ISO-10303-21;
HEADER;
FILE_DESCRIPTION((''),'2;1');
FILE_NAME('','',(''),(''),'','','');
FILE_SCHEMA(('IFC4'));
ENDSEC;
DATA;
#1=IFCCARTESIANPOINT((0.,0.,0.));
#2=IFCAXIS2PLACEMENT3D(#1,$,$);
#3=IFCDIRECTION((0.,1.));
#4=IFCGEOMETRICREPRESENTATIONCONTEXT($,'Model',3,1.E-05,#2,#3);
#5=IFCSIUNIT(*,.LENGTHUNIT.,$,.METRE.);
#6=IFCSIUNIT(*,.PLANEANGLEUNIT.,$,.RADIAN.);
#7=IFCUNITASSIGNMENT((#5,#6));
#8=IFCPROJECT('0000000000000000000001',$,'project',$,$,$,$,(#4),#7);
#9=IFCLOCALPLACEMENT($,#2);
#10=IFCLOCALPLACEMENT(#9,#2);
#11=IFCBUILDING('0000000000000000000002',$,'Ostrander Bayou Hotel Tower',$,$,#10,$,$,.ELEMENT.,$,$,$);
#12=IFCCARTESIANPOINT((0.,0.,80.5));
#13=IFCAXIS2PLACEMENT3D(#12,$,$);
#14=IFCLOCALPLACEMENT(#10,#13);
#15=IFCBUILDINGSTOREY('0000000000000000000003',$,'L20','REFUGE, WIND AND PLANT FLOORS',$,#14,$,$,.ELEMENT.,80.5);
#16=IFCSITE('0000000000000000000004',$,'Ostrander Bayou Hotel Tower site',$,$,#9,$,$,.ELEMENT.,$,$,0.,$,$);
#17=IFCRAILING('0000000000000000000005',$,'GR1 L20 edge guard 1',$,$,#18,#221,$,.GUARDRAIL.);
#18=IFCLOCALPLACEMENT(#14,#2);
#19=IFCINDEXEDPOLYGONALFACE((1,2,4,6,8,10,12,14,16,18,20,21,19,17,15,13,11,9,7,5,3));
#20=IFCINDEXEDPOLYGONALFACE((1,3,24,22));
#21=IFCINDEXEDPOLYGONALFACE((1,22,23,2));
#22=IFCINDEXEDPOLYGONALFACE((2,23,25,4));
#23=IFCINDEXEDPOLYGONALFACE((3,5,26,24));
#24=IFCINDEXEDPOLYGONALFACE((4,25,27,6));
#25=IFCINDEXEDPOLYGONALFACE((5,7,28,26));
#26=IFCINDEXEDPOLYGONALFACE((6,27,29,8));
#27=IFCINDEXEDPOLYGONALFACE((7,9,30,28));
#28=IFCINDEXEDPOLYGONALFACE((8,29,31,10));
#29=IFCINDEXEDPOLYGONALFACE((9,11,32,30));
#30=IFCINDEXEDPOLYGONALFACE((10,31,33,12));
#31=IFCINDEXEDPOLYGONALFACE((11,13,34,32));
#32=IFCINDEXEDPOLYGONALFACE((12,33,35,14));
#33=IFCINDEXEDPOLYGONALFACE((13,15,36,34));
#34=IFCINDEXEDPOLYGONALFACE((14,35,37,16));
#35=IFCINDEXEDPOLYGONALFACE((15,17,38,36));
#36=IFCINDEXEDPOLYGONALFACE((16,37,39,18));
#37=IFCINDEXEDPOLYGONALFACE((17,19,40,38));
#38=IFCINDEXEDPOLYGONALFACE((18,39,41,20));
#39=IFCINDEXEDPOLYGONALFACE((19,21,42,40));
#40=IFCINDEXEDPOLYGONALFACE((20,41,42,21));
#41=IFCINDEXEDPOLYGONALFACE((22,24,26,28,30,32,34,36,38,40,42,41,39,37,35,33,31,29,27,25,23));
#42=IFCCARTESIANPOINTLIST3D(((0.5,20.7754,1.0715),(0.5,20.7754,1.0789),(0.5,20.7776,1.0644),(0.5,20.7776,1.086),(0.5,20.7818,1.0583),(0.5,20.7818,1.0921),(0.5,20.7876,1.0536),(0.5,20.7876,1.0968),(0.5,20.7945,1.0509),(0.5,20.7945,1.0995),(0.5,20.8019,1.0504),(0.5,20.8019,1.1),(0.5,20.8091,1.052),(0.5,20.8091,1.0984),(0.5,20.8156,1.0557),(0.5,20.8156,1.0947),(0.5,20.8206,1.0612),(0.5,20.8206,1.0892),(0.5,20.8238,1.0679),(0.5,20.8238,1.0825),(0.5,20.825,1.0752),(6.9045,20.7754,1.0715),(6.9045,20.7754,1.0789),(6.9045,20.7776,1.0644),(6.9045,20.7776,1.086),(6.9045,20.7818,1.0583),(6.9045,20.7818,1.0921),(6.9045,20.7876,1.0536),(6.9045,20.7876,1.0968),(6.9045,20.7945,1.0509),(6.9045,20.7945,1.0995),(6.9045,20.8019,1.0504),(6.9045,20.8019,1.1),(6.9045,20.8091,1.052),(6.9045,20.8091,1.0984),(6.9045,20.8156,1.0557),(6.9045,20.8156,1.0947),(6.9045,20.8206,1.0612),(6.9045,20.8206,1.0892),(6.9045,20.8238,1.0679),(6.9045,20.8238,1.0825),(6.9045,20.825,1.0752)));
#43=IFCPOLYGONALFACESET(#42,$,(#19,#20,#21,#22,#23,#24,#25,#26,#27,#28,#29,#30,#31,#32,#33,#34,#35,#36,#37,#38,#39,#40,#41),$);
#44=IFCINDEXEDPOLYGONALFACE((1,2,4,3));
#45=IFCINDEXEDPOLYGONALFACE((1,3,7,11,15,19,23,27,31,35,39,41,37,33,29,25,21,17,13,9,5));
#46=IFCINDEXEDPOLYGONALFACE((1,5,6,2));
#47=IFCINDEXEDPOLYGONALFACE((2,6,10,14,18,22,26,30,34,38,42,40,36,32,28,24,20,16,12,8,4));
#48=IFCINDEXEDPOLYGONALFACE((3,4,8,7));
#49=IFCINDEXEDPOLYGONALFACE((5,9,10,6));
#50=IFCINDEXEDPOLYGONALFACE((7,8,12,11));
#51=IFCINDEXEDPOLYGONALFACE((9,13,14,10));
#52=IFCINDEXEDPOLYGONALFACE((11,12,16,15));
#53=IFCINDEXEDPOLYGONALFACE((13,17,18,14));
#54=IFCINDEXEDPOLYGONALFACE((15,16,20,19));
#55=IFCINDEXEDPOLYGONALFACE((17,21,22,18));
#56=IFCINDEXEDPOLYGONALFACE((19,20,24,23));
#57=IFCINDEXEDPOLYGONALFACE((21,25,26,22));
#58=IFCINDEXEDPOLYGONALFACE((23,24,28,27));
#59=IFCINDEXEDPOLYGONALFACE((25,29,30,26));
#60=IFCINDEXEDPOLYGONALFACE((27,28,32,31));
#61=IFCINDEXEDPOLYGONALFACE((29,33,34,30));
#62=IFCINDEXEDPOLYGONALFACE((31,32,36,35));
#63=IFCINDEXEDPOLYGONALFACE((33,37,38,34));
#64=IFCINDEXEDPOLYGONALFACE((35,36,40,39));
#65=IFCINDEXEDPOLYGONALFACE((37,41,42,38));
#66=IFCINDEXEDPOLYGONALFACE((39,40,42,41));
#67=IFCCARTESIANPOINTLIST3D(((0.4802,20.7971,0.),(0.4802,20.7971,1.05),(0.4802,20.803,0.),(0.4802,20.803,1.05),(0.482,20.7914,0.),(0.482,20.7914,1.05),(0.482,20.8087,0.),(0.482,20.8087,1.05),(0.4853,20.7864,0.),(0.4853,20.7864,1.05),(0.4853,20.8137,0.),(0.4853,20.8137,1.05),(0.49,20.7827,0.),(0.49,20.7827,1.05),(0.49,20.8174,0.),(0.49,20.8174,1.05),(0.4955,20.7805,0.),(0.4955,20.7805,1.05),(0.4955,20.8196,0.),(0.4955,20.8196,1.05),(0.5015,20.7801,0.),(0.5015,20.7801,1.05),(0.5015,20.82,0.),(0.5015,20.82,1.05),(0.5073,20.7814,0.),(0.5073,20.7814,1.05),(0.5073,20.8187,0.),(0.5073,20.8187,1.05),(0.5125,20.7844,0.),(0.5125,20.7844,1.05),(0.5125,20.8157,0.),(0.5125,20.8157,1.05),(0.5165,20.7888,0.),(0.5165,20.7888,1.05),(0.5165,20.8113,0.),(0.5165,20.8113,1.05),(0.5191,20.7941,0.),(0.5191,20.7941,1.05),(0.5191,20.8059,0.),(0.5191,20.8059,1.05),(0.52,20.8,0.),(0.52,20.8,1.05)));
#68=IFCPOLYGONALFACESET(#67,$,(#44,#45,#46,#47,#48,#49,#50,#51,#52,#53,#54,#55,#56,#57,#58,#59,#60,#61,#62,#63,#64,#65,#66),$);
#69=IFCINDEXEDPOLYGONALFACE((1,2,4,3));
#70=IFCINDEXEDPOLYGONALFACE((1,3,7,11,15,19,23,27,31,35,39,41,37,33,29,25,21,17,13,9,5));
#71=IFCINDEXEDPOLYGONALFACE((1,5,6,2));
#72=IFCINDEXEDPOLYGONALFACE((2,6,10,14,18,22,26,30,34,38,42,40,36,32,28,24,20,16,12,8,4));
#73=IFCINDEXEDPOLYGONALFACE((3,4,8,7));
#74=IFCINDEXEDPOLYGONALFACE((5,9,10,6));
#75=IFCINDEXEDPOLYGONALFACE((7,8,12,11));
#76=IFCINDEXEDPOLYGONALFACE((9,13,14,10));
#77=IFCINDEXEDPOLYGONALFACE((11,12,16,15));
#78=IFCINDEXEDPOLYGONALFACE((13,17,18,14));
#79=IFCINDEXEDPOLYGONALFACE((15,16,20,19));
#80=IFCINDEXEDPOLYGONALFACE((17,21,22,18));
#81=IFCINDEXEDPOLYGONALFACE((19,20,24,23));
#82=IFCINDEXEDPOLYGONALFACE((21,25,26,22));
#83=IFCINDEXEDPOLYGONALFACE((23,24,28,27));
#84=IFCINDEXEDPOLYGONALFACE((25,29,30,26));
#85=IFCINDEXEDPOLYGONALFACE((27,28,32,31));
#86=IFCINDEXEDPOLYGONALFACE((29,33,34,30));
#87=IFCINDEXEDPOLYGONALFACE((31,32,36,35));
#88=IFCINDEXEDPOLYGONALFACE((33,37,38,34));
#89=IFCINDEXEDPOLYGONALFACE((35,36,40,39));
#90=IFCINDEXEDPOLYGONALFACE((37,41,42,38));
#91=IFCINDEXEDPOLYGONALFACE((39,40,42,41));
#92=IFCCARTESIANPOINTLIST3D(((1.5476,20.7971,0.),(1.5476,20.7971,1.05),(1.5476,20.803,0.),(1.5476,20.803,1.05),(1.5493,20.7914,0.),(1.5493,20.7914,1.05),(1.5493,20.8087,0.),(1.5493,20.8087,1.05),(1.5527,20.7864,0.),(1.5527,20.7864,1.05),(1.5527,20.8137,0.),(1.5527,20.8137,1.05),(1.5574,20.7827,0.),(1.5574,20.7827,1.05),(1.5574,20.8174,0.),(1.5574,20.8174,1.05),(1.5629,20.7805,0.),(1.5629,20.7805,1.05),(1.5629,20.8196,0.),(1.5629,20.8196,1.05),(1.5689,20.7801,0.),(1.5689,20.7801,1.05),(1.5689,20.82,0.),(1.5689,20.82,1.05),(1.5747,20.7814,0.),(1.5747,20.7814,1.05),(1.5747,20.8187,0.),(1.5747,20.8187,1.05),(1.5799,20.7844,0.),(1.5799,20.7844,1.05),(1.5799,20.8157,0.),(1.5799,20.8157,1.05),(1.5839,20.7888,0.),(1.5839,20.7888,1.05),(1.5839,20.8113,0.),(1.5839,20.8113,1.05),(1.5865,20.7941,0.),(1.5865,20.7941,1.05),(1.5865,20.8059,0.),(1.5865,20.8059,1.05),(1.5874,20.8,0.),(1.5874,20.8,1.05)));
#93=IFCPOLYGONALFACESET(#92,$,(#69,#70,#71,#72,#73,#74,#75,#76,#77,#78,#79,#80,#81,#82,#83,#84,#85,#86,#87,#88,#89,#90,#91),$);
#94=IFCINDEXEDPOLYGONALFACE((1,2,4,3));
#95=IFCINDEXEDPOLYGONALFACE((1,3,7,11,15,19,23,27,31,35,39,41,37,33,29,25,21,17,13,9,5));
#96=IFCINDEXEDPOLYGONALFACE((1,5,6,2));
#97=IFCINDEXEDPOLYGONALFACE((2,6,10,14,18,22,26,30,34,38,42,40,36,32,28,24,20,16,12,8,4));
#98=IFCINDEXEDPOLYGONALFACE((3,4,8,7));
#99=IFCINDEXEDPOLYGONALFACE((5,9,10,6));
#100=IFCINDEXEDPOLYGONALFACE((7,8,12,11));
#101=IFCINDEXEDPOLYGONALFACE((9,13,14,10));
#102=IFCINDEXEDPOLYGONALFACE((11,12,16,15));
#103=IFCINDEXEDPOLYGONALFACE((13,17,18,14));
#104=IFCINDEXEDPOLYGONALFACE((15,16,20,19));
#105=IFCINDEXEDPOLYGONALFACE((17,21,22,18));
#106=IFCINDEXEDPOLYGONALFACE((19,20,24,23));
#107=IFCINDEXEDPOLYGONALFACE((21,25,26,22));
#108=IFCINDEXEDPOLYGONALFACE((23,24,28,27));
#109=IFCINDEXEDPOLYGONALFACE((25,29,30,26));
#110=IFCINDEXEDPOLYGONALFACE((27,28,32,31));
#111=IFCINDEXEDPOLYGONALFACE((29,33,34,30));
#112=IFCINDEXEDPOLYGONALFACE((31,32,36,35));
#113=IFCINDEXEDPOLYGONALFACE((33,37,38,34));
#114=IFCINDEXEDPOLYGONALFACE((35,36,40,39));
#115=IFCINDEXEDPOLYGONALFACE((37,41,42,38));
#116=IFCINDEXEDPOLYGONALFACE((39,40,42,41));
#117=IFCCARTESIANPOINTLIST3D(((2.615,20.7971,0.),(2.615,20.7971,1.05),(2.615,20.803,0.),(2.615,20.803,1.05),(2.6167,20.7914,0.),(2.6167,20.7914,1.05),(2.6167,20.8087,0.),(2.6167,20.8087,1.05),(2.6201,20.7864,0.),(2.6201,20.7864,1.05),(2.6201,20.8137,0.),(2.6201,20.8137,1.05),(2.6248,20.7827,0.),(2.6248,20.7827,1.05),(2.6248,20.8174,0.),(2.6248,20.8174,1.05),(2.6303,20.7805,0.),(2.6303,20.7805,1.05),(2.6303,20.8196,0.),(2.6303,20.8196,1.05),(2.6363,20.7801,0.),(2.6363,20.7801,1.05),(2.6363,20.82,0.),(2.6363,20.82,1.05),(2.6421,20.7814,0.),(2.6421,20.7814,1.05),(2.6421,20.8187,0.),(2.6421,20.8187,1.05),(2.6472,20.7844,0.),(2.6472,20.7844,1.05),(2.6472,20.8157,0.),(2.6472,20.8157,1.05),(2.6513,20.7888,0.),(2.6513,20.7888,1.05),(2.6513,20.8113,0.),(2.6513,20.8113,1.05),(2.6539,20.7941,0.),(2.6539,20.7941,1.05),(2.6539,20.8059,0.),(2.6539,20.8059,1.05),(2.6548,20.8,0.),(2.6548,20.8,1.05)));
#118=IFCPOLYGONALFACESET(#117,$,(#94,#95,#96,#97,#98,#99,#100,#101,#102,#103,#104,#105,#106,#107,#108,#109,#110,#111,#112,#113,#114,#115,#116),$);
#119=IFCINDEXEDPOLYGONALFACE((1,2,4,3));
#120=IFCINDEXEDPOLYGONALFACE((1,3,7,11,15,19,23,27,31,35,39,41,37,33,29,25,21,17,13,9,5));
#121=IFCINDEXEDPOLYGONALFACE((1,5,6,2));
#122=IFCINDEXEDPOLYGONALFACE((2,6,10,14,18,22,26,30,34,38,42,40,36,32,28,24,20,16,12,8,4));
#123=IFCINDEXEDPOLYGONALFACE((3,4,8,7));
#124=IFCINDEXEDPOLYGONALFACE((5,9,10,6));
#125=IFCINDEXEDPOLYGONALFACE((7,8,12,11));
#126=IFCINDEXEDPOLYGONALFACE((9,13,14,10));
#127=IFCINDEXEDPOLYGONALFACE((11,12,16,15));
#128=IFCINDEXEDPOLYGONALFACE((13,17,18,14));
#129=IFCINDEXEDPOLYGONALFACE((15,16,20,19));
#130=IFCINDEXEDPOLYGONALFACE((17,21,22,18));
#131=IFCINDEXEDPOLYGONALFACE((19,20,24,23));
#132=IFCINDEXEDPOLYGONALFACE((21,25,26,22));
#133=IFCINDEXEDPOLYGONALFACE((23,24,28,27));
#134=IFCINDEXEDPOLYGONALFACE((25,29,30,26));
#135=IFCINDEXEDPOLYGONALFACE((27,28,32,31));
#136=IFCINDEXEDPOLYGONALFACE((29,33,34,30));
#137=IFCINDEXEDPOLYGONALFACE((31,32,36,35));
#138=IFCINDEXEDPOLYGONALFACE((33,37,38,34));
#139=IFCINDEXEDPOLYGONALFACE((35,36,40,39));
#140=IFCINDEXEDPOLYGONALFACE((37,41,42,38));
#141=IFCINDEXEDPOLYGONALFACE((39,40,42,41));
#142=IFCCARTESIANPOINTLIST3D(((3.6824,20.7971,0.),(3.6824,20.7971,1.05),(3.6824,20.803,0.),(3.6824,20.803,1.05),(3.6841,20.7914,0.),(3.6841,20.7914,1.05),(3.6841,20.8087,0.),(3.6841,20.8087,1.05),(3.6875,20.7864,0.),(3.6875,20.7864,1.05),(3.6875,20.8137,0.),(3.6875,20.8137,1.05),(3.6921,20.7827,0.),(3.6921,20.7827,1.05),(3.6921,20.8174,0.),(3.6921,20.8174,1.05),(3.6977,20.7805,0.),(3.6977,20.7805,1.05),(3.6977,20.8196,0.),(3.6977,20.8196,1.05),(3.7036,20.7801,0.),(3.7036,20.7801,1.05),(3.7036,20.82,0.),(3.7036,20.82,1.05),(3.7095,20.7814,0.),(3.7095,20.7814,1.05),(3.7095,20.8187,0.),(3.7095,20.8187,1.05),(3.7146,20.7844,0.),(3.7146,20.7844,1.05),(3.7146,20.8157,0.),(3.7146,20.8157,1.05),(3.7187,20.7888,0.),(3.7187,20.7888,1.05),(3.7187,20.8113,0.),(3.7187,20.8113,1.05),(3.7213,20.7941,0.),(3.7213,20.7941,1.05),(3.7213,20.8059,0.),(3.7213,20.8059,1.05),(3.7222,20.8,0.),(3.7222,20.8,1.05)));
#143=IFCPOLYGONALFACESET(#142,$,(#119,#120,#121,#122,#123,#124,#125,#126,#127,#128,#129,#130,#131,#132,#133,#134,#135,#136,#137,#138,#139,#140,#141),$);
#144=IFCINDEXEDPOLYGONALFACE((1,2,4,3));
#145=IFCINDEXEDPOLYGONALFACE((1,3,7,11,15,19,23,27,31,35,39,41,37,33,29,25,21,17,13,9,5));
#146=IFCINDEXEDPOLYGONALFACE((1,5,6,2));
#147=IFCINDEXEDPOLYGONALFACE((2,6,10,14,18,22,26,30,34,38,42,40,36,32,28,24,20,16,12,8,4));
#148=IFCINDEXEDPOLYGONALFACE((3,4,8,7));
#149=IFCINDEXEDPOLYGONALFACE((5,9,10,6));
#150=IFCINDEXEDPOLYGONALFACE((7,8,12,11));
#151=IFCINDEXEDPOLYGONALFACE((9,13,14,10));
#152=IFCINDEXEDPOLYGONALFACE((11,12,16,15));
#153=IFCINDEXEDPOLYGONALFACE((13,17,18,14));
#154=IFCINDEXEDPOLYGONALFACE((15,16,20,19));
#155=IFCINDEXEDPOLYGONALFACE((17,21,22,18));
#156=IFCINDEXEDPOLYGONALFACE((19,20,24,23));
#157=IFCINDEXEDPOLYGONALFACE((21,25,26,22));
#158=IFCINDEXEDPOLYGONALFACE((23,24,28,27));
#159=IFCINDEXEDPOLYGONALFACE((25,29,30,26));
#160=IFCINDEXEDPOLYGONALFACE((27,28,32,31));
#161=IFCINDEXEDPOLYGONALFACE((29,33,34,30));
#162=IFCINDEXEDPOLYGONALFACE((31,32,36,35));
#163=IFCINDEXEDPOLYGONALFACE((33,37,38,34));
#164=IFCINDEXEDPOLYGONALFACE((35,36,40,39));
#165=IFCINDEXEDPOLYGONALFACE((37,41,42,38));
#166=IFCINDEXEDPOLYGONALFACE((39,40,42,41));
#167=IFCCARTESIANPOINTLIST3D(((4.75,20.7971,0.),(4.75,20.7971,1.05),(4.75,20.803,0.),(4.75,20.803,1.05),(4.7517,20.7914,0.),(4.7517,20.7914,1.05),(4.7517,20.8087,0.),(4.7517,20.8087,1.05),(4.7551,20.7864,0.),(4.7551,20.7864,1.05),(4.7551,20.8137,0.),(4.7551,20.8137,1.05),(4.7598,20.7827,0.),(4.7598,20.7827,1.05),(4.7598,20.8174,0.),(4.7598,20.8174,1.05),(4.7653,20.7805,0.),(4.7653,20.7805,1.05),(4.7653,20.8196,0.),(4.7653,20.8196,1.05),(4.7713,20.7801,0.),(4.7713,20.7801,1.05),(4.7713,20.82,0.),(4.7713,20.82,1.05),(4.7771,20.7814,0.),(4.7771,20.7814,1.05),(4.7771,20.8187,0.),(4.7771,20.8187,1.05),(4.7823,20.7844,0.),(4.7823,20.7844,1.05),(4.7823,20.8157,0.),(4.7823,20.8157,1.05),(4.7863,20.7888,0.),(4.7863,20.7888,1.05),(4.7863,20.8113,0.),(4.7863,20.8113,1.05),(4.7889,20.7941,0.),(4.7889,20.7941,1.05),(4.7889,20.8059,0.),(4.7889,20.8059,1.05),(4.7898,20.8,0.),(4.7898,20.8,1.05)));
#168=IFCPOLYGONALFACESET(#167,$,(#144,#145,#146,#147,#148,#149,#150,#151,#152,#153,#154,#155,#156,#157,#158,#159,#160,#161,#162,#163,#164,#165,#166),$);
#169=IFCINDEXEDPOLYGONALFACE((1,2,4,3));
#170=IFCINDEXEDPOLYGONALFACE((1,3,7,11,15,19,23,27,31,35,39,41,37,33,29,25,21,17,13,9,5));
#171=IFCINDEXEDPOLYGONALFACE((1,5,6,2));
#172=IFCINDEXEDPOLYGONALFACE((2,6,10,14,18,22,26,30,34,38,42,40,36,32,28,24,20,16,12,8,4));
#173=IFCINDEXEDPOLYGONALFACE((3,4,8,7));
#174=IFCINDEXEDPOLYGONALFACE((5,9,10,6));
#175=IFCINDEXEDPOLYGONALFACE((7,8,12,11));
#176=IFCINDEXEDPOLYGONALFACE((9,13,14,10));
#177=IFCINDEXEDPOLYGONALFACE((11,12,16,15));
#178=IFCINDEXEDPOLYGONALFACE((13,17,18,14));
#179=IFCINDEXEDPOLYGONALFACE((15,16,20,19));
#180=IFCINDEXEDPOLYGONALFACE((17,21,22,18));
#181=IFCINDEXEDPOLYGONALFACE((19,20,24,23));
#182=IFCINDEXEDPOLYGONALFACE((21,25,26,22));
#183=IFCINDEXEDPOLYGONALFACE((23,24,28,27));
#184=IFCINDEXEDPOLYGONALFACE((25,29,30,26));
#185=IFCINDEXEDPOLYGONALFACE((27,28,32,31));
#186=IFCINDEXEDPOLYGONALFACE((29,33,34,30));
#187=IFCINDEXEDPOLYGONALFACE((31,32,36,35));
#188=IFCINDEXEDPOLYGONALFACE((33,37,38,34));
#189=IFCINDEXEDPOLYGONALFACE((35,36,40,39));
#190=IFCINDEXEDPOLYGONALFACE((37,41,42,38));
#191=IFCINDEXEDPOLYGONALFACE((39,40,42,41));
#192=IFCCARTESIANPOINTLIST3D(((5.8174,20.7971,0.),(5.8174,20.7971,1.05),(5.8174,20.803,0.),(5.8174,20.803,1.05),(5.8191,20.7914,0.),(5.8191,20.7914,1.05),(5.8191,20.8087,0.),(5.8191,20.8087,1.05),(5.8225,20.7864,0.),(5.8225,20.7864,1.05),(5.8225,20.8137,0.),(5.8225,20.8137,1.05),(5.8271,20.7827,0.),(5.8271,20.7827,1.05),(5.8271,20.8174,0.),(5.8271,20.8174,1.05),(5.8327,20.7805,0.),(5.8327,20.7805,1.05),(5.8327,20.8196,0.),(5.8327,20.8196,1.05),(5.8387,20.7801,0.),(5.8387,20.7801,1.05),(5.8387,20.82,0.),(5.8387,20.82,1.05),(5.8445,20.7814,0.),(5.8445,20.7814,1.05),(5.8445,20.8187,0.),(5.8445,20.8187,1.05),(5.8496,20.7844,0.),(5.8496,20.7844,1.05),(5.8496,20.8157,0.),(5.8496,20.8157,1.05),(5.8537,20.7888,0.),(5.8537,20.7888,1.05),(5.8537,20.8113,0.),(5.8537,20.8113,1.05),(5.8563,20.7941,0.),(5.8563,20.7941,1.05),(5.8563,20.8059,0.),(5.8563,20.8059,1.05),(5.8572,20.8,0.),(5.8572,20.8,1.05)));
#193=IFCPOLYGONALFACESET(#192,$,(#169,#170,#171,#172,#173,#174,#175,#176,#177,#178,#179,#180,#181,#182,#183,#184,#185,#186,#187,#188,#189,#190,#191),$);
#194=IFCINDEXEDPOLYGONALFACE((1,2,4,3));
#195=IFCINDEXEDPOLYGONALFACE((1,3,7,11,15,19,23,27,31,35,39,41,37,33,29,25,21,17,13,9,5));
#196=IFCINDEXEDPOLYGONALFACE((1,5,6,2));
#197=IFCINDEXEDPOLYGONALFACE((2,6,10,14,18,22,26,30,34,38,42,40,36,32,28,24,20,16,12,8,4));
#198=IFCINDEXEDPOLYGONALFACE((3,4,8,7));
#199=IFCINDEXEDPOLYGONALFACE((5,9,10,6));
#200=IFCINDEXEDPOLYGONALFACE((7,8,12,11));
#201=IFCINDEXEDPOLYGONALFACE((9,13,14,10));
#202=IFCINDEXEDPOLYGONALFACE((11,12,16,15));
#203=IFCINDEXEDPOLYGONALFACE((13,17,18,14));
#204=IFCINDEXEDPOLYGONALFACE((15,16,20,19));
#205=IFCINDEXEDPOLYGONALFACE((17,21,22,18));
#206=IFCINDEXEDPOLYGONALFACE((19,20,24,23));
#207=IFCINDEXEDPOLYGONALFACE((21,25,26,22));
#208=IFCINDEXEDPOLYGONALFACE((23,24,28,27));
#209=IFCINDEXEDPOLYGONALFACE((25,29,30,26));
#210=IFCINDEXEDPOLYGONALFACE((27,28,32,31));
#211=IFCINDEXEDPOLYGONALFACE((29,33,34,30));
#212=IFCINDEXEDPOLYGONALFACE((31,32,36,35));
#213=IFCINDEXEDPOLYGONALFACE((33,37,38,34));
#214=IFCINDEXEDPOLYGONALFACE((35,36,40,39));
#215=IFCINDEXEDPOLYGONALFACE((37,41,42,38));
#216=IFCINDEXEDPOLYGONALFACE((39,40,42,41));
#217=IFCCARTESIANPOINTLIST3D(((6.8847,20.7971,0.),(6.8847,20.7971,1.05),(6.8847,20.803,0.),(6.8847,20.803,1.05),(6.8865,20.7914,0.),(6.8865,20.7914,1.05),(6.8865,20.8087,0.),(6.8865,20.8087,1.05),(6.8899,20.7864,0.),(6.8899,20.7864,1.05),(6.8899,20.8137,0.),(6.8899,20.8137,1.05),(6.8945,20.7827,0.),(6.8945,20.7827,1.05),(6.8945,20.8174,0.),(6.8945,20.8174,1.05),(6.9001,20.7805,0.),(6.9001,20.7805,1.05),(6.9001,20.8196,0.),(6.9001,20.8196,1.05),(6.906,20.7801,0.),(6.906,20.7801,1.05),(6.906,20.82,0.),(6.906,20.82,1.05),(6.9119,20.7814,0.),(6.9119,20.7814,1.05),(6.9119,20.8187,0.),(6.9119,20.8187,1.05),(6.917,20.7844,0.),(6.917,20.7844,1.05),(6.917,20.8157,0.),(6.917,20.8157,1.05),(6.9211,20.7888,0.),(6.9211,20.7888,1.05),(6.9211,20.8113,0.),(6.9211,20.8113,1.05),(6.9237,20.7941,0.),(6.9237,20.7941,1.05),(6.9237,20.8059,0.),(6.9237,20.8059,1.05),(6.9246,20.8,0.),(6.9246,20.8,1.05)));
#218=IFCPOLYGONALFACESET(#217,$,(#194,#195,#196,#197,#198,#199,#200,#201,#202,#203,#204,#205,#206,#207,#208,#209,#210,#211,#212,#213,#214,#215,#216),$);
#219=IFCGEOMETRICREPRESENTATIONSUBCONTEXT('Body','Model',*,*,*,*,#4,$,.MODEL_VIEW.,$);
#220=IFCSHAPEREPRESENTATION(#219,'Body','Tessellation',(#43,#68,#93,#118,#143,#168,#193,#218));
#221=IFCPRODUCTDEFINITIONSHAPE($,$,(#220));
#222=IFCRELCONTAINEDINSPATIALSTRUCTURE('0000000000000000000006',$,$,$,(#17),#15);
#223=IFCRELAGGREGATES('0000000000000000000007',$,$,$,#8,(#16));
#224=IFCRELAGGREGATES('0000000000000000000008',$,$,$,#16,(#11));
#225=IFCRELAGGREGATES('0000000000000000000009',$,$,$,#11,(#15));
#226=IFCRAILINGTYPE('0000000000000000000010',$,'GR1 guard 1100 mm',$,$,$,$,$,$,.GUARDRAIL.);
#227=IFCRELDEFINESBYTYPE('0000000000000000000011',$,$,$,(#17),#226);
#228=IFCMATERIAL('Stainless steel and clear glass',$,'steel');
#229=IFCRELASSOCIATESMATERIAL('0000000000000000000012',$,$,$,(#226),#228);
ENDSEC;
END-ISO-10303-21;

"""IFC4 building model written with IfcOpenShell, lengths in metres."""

from ifc_helpers import new_model, si_unit, direction, frame, origin, origin_2d, place, context, subcontext, project, spatial, circle, extrude, material, type_object, element, save


model = new_model("IFC4")

# Units and contexts
model_context = context("Model", 3, precision=1e-05, world=origin(), true_north=direction((0.0, 1.0)))
body_context = subcontext(model_context, "Body", "Model", "MODEL_VIEW")
ifc_project = project(units=[si_unit("LENGTHUNIT", "METRE"), si_unit("PLANEANGLEUNIT", "RADIAN")], contexts=[model_context])

# Site, building, storey
site_placement = place(None, origin())
site = spatial("IfcSite", under=ifc_project, at=site_placement, Name="Ostrander Bayou Hotel Tower site", CompositionType="ELEMENT", RefElevation=0.0)
building_placement = place(site_placement, origin())
building = spatial("IfcBuilding", under=site, at=building_placement, Name="Ostrander Bayou Hotel Tower", CompositionType="ELEMENT")
storey_placement = place(building_placement, frame((0.0, 0.0, 80.5)))
storey = spatial("IfcBuildingStorey", under=building, at=storey_placement, Name="L20", Description="REFUGE, WIND AND PLANT FLOORS", CompositionType="ELEMENT", Elevation=80.5)

# Railing
ifc_material_1 = material(Name="Stainless steel and clear glass", Category="steel")
railing_type = type_object("IfcRailingType", Name="GR1 guard 1100 mm", PredefinedType="GUARDRAIL", material=ifc_material_1)
railing_1_placement = place(storey_placement, frame((0.5, 20.8, 0.0)))
element("IfcRailing", 1, at=railing_1_placement, inside=storey, type_object=railing_type, Name="GR1 L20 edge guard 1", PredefinedType="GUARDRAIL", context=body_context, shape_type="SweptSolid", body=[
    extrude(circle(Radius=0.0249, at=origin_2d()), frame((0.0, 0.0, 1.0752), z_axis=(1.0, 0.0, 0.0), x_axis=(0.0, 1.0, 0.0)), (0.0, 0.0, 1.0), 6.4045),
    extrude(circle(Radius=0.02, at=origin_2d()), origin(), (0.0, 0.0, 1.0), 1.05),
    extrude(circle(Radius=0.02, at=origin_2d()), frame((1.0674, 0.0, 0.0)), (0.0, 0.0, 1.0), 1.05),
    extrude(circle(Radius=0.02, at=origin_2d()), frame((2.1348, 0.0, 0.0)), (0.0, 0.0, 1.0), 1.05),
    extrude(circle(Radius=0.02, at=origin_2d()), frame((3.2021, 0.0, 0.0)), (0.0, 0.0, 1.0), 1.05),
    extrude(circle(Radius=0.02, at=origin_2d()), frame((4.2698, 0.0, 0.0)), (0.0, 0.0, 1.0), 1.05),
    extrude(circle(Radius=0.02, at=origin_2d()), frame((5.3372, 0.0, 0.0)), (0.0, 0.0, 1.0), 1.05),
    extrude(circle(Radius=0.02, at=origin_2d()), frame((6.4045, 0.0, 0.0)), (0.0, 0.0, 1.0), 1.05),
])

save(model, "model.ifc")
